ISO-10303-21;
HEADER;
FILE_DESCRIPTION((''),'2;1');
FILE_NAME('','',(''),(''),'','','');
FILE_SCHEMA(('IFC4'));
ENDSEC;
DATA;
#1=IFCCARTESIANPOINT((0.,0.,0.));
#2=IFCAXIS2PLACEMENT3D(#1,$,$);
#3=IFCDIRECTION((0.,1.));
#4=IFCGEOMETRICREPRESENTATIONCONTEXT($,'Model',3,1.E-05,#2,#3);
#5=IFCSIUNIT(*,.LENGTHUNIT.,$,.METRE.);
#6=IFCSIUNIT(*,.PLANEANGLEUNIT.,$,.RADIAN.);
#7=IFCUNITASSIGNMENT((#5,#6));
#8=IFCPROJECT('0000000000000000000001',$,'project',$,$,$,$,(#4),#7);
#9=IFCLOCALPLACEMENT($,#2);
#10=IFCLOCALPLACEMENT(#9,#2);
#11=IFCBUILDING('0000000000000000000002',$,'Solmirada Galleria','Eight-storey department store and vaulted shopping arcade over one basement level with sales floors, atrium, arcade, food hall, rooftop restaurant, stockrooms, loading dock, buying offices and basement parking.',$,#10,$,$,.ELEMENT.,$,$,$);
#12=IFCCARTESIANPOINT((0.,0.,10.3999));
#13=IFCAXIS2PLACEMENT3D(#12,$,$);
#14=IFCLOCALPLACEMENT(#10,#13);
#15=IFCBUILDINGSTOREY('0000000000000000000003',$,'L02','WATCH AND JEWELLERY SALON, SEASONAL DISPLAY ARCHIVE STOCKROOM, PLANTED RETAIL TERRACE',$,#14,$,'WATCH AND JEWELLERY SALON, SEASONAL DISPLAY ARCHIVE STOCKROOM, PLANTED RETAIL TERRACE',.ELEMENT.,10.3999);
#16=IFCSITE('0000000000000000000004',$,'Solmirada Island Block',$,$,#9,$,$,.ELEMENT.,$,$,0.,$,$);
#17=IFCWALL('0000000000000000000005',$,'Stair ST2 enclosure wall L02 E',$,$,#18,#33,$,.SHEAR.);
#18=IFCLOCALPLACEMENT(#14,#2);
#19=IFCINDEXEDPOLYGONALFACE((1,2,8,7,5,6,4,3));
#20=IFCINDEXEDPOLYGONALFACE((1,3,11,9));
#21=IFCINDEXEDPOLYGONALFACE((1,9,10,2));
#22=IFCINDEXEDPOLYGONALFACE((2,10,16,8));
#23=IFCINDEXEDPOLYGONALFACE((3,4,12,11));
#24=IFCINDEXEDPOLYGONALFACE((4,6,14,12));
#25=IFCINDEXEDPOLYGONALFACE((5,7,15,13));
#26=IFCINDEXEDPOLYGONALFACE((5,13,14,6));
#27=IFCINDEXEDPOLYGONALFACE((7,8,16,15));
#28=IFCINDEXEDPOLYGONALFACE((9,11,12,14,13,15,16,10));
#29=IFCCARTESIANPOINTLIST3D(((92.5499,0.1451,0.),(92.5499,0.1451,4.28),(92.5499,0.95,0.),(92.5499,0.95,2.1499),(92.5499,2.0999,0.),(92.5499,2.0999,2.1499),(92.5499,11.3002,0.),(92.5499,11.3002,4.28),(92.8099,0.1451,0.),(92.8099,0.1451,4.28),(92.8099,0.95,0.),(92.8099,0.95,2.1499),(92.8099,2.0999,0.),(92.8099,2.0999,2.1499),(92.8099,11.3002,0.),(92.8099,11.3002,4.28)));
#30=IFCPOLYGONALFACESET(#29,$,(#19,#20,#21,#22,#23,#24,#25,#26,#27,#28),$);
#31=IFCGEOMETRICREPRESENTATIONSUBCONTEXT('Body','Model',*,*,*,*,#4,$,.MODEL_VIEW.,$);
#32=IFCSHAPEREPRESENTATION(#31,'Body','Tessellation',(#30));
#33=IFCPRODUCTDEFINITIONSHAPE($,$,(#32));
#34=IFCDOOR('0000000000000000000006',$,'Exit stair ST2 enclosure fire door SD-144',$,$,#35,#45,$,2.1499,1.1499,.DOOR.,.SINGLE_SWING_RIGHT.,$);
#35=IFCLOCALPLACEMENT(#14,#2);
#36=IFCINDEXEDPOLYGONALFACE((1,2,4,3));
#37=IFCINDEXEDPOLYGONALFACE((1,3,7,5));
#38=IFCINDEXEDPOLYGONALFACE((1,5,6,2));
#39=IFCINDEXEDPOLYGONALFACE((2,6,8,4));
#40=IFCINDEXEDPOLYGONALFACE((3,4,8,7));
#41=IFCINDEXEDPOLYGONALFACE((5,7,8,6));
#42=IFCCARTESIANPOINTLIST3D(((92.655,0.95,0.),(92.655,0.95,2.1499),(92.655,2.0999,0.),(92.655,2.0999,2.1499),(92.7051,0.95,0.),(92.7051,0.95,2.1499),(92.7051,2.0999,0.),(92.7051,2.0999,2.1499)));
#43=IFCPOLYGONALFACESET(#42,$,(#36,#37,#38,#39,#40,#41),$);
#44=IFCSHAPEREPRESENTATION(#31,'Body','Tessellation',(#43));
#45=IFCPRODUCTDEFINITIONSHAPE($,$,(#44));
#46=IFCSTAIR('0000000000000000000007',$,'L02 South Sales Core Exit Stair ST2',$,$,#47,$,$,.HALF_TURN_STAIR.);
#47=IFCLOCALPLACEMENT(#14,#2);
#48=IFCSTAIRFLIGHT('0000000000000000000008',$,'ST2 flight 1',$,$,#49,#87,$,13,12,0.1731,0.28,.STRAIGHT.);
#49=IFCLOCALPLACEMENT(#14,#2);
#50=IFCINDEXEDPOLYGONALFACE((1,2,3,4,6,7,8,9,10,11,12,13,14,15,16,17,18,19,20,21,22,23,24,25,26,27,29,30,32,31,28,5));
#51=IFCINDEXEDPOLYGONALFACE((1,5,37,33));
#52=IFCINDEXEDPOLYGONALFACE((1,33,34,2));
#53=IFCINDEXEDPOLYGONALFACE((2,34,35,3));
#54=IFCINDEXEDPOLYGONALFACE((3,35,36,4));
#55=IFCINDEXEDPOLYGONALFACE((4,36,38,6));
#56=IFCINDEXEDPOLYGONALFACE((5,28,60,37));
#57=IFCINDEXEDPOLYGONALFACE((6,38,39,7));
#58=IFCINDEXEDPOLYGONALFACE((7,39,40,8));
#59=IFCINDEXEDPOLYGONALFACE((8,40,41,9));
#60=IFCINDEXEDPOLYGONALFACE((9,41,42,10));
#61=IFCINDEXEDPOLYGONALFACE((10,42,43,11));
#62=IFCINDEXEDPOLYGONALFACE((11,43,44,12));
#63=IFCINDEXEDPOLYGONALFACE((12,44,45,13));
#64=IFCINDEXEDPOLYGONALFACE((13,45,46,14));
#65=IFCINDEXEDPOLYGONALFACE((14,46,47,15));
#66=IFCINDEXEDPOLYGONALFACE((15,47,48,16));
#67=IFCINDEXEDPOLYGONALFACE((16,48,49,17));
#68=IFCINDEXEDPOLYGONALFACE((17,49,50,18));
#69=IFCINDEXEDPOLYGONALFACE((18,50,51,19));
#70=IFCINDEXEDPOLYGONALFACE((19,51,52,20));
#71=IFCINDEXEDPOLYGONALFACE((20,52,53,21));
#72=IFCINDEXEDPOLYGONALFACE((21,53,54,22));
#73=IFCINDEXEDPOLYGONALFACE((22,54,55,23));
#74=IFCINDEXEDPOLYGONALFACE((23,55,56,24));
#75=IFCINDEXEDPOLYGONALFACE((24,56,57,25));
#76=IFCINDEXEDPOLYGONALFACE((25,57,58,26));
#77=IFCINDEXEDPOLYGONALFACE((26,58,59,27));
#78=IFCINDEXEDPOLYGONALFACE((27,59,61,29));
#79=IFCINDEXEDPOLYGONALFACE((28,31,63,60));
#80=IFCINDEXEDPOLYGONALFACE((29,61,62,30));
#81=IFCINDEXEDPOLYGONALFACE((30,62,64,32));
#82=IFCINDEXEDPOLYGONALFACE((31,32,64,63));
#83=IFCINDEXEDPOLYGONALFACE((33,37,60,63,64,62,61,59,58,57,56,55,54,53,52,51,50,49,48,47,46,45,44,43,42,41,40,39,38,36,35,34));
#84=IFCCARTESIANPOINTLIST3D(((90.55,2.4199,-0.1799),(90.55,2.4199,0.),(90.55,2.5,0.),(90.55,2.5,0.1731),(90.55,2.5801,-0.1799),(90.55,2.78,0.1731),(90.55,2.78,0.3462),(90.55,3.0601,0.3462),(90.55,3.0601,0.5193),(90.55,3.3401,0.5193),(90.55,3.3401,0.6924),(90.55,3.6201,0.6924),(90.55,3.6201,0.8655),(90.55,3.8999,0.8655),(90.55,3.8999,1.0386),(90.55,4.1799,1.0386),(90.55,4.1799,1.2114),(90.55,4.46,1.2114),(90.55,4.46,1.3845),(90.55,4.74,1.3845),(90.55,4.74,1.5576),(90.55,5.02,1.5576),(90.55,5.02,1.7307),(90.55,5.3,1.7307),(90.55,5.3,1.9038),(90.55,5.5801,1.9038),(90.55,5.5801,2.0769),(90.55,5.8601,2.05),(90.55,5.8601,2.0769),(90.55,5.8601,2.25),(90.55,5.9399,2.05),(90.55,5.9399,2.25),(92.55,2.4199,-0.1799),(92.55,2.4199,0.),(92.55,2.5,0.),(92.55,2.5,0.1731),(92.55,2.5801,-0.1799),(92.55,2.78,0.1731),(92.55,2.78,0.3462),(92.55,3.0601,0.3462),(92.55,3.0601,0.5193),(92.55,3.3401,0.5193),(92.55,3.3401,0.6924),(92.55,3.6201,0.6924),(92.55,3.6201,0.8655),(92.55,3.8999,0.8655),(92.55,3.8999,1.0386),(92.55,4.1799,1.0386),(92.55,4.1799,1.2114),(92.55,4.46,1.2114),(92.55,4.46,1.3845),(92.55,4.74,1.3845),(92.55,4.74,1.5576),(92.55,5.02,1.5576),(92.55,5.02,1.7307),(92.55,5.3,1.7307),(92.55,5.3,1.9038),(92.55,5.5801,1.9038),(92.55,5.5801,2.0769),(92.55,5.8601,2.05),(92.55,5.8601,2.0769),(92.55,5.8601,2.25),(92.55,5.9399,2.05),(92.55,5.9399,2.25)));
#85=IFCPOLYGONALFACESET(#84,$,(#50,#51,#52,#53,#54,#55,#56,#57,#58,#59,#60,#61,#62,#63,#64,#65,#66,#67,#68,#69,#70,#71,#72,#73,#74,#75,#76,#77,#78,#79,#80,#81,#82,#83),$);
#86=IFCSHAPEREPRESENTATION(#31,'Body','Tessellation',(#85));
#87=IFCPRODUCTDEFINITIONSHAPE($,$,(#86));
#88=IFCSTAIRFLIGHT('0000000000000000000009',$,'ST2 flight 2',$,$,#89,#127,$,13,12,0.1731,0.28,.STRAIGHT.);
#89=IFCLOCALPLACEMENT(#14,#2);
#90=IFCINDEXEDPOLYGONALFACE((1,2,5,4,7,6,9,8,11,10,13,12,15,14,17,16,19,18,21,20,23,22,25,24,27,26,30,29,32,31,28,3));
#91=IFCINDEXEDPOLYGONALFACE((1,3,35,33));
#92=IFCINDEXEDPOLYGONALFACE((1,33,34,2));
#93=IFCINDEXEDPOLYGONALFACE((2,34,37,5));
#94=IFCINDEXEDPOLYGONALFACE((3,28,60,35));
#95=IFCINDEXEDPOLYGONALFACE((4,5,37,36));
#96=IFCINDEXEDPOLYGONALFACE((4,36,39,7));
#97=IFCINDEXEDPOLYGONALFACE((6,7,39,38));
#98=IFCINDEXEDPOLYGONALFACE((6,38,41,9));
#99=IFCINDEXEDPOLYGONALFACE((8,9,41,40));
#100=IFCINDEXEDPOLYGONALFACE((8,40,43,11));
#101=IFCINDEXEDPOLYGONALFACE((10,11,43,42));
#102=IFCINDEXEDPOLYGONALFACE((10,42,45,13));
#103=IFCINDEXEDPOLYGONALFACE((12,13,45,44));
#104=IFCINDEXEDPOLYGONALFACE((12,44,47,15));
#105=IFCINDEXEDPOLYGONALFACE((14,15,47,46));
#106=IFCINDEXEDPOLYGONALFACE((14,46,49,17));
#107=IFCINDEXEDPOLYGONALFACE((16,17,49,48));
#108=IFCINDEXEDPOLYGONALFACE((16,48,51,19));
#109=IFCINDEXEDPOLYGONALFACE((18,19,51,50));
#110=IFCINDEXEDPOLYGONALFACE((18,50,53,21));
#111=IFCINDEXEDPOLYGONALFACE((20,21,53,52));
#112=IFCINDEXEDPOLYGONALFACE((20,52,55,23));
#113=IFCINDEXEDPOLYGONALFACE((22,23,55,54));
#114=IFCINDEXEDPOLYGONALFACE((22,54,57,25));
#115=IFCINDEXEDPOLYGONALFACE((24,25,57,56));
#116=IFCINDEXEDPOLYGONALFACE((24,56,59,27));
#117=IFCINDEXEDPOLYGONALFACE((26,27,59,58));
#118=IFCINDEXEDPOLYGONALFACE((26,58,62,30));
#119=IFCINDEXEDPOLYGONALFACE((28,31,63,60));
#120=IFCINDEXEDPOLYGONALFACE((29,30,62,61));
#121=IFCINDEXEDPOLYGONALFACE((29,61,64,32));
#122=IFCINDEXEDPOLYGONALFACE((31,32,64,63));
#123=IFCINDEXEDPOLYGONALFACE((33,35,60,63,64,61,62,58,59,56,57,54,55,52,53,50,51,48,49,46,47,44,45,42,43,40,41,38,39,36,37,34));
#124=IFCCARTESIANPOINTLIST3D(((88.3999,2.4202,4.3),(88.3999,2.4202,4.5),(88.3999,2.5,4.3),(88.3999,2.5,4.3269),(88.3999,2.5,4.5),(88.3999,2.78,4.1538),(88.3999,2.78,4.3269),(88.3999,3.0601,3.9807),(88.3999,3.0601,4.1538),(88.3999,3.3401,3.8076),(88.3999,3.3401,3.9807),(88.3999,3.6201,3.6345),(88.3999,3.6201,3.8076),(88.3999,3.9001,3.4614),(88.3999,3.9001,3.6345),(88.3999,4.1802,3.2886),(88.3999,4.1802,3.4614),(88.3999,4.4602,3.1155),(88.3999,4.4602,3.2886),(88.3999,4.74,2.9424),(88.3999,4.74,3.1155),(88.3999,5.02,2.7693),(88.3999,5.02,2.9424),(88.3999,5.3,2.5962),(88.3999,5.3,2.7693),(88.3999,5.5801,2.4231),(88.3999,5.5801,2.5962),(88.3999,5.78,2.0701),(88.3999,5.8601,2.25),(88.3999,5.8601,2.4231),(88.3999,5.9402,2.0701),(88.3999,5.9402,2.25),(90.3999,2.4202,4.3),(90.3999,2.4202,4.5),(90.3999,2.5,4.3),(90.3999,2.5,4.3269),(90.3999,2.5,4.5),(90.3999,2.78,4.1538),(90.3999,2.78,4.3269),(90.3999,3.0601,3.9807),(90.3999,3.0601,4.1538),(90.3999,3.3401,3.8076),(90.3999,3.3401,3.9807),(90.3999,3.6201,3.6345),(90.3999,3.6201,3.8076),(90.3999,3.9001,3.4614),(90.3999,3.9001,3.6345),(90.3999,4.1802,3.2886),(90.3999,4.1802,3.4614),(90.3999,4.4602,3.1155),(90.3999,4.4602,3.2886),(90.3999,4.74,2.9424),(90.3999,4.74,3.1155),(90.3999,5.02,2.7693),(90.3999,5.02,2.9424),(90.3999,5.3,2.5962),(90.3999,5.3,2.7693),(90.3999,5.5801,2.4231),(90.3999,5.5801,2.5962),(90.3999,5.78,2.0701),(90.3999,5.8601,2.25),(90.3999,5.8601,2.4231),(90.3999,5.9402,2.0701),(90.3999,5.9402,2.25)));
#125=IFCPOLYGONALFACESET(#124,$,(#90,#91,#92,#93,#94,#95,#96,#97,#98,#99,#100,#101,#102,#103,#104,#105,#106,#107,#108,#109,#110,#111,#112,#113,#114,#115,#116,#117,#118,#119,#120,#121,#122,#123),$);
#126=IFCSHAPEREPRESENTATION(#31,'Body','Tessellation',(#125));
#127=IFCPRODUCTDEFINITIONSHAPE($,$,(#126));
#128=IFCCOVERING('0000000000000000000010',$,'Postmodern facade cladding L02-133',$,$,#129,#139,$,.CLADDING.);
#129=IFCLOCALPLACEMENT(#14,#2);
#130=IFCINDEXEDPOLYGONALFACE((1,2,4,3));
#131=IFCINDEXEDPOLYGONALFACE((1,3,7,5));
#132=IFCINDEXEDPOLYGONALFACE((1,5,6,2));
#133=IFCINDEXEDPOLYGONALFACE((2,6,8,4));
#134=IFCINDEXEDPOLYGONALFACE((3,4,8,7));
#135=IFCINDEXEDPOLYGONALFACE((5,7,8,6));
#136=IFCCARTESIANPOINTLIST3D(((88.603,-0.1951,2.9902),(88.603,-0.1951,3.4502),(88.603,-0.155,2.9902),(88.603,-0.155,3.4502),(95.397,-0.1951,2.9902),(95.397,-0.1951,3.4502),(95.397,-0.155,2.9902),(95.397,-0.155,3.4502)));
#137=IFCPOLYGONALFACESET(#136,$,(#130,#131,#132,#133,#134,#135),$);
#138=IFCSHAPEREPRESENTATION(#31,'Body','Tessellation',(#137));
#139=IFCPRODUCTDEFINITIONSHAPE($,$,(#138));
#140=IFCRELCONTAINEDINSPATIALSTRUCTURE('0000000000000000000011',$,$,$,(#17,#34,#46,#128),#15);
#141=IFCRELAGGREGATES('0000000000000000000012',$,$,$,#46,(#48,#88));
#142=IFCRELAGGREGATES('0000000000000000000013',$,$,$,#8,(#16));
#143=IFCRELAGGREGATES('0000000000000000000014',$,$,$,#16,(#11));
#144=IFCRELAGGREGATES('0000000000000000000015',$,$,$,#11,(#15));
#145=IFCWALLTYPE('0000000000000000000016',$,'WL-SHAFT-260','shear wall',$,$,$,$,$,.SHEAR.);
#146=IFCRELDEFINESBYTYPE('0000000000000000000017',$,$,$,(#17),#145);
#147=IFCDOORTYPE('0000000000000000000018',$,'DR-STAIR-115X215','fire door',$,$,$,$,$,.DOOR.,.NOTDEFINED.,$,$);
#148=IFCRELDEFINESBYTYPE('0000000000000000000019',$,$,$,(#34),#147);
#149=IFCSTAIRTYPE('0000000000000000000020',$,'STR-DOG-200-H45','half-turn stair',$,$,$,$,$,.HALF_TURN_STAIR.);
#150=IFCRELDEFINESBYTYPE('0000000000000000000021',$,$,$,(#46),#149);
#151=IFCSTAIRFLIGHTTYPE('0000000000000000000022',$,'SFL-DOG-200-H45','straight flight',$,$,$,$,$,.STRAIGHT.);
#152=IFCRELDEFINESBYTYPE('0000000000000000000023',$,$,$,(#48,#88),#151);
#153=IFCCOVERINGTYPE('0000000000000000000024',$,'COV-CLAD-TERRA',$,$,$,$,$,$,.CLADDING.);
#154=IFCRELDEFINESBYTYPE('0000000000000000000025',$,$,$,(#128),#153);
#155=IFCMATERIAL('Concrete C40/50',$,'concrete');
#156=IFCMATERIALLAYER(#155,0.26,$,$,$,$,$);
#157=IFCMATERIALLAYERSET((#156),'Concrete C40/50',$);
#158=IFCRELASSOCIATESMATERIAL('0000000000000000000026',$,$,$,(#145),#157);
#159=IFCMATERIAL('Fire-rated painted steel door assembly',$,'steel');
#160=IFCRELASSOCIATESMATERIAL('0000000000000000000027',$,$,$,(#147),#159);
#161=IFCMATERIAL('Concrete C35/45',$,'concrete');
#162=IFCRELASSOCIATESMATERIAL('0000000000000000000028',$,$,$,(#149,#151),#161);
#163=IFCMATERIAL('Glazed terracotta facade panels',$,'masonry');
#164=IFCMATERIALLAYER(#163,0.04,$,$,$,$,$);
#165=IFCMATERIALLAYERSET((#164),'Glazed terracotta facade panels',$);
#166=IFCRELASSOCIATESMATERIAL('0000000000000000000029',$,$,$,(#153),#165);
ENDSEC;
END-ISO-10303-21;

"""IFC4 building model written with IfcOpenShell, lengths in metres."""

from ifc_helpers import new_model, si_unit, direction, frame, frame_2d, origin, origin_2d, place, context, subcontext, project, spatial, polyline, rectangle, outline, extrude, material, layer, layer_set, type_object, element, fill, aggregate, save


model = new_model("IFC4")

# Units and contexts
model_context = context("Model", 3, precision=1e-05, world=origin(), true_north=direction((0.0, 1.0)))
body_context = subcontext(model_context, "Body", "Model", "MODEL_VIEW")
ifc_project = project(units=[si_unit("LENGTHUNIT", "METRE"), si_unit("PLANEANGLEUNIT", "RADIAN")], contexts=[model_context])

# Site, building, storey
site_placement = place(None, origin())
site = spatial("IfcSite", under=ifc_project, at=site_placement, Name="Solmirada Island Block", CompositionType="ELEMENT", RefElevation=0.0)
building_placement = place(site_placement, origin())
building = spatial("IfcBuilding", under=site, at=building_placement, Name="Solmirada Galleria", Description="Eight-storey department store and vaulted shopping arcade over one basement level with sales floors, atrium, arcade, food hall, rooftop restaurant, stockrooms, loading dock, buying offices and basement parking.", CompositionType="ELEMENT")
storey_placement = place(building_placement, frame((0.0, 0.0, 10.3999)))
storey = spatial("IfcBuildingStorey", under=building, at=storey_placement, Name="L02", Description="WATCH AND JEWELLERY SALON, SEASONAL DISPLAY ARCHIVE STOCKROOM, PLANTED RETAIL TERRACE", LongName="WATCH AND JEWELLERY SALON, SEASONAL DISPLAY ARCHIVE STOCKROOM, PLANTED RETAIL TERRACE", CompositionType="ELEMENT", Elevation=10.3999)

# Shared definitions
ifc_material_1 = material(Name="Concrete C40/50", Category="concrete")

# Shared definitions
ifc_layer_1 = layer(ifc_material_1, 0.26)
ifc_layer_set_1 = layer_set([ifc_layer_1], Name="Concrete C40/50")
wall_type_1 = type_object("IfcWallType", Name="WL-SHAFT-260", Description="shear wall", PredefinedType="SHEAR", material=ifc_layer_set_1)

# Wall, opening, door
wall_1_placement = place(storey_placement, frame((92.6799, 0.145, 0.0), z_axis=(0.0, 0.0, 1.0), x_axis=(0.0, 1.0, 0.0)))
wall_1 = element("IfcWall", 1, at=wall_1_placement, inside=storey, type_object=wall_type_1, Name="Stair ST2 enclosure wall L02 E", PredefinedType="SHEAR", context=body_context, shape_type="SweptSolid", body=[
    extrude(rectangle(XDim=11.155, YDim=0.26, at=frame_2d((5.5776, 0.0))), origin(), (0.0, 0.0, 1.0), 4.28),
])
opening_1_placement = place(wall_1_placement, frame((0.8049, 0.0, 0.0)))
opening_1 = element("IfcOpeningElement", 2, at=opening_1_placement, cuts=wall_1, PredefinedType="OPENING", context=body_context, shape_type="SweptSolid", body=[
    extrude(rectangle(XDim=1.1499, YDim=2.1499, at=frame_2d((0.575, 1.075))), frame((0.0, 0.1399, 0.0), z_axis=(0.0, -1.0, 0.0), x_axis=(1.0, 0.0, 0.0)), (0.0, 0.0, 1.0), 0.28),
])
ifc_material_2 = material(Name="Fire-rated painted steel door assembly", Category="steel")
door_type_1 = type_object("IfcDoorType", Name="DR-STAIR-115X215", Description="fire door", OperationType="NOTDEFINED", PredefinedType="DOOR", material=ifc_material_2)
door_1_placement = place(opening_1_placement, origin())
door_1 = element("IfcDoor", 3, at=door_1_placement, inside=storey, type_object=door_type_1, Name="Exit stair ST2 enclosure fire door SD-144", OperationType="SINGLE_SWING_RIGHT", OverallHeight=2.1499, OverallWidth=1.1499, PredefinedType="DOOR", context=body_context, shape_type="SweptSolid", body=[
    extrude(rectangle(XDim=1.1499, YDim=2.1499, at=frame_2d((0.575, 1.075))), frame((0.0, 0.0249, 0.0), z_axis=(0.0, -1.0, 0.0), x_axis=(1.0, 0.0, 0.0)), (0.0, 0.0, 1.0), 0.05),
])
fill(opening_1, door_1)

# Stair, stair flights
ifc_material_3 = material(Name="Concrete C35/45", Category="concrete")
stair_type = type_object("IfcStairType", Name="STR-DOG-200-H45", Description="half-turn stair", PredefinedType="HALF_TURN_STAIR", material=ifc_material_3)
stair_placement = place(storey_placement, origin())
stair = element("IfcStair", 4, at=stair_placement, inside=storey, type_object=stair_type, Name="L02 South Sales Core Exit Stair ST2", PredefinedType="HALF_TURN_STAIR")
stair_flight_type = type_object("IfcStairFlightType", Name="SFL-DOG-200-H45", Description="straight flight", PredefinedType="STRAIGHT", material=ifc_material_3)
stair_flight_1_placement = place(storey_placement, frame((91.55, 2.5, 0.0), z_axis=(0.0, 0.0, 1.0), x_axis=(0.0, 1.0, 0.0)))
stair_flight_1 = element("IfcStairFlight", 5, at=stair_flight_1_placement, type_object=stair_flight_type, Name="ST2 flight 1", NumberOfRisers=13, NumberOfTreads=12, PredefinedType="STRAIGHT", RiserHeight=0.1731, TreadLength=0.28, context=body_context, shape_type="SweptSolid", body=[
    extrude(outline(polyline([(-0.0801, 0.0), (0.0, 0.0), (0.0, 0.1731), (0.28, 0.1731), (0.28, 0.3462), (0.5601, 0.3462), (0.5601, 0.5193), (0.8401, 0.5193), (0.8401, 0.6924), (1.1201, 0.6924), (1.1201, 0.8655), (1.3999, 0.8655), (1.3999, 1.0386), (1.6799, 1.0386), (1.6799, 1.2114), (1.96, 1.2114), (1.96, 1.3845), (2.24, 1.3845), (2.24, 1.5576), (2.52, 1.5576), (2.52, 1.7307), (2.8, 1.7307), (2.8, 1.9038), (3.0801, 1.9038), (3.0801, 2.0769), (3.3601, 2.0769), (3.3601, 2.25), (3.4399, 2.25), (3.4399, 2.05), (3.3601, 2.05), (0.0801, -0.1799), (-0.0801, -0.1799), (-0.0801, 0.0)])), frame((0.0, 1.0, 0.0), z_axis=(0.0, -1.0, 0.0), x_axis=(1.0, 0.0, 0.0)), (0.0, 0.0, 1.0), 2.0),
])
stair_flight_2_placement = place(storey_placement, frame((89.3999, 5.8601, 2.25), z_axis=(0.0, 0.0, 1.0), x_axis=(0.0, -1.0, 0.0)))
stair_flight_2 = element("IfcStairFlight", 6, at=stair_flight_2_placement, type_object=stair_flight_type, Name="ST2 flight 2", NumberOfRisers=13, NumberOfTreads=12, PredefinedType="STRAIGHT", RiserHeight=0.1731, TreadLength=0.28, context=body_context, shape_type="SweptSolid", body=[
    extrude(outline(polyline([(-0.0801, 0.0), (0.0, 0.0), (0.0, 0.1731), (0.28, 0.1731), (0.28, 0.3462), (0.5601, 0.3462), (0.5601, 0.5193), (0.8401, 0.5193), (0.8401, 0.6924), (1.1201, 0.6924), (1.1201, 0.8655), (1.3999, 0.8655), (1.3999, 1.0386), (1.6799, 1.0386), (1.6799, 1.2114), (1.96, 1.2114), (1.96, 1.3845), (2.24, 1.3845), (2.24, 1.5576), (2.52, 1.5576), (2.52, 1.7307), (2.8, 1.7307), (2.8, 1.9038), (3.0801, 1.9038), (3.0801, 2.0769), (3.3601, 2.0769), (3.3601, 2.25), (3.4399, 2.25), (3.4399, 2.05), (3.3601, 2.05), (0.0801, -0.1799), (-0.0801, -0.1799), (-0.0801, 0.0)])), frame((0.0, 1.0, 0.0), z_axis=(0.0, -1.0, 0.0), x_axis=(1.0, 0.0, 0.0)), (0.0, 0.0, 1.0), 2.0),
])
aggregate(stair, [stair_flight_1, stair_flight_2])

# Covering
ifc_material_4 = material(Name="Glazed terracotta facade panels", Category="masonry")
ifc_layer_2 = layer(ifc_material_4, 0.04)
ifc_layer_set_2 = layer_set([ifc_layer_2], Name="Glazed terracotta facade panels")
covering_type = type_object("IfcCoveringType", Name="COV-CLAD-TERRA", PredefinedType="CLADDING", material=ifc_layer_set_2)
covering_placement = place(storey_placement, frame((92.0, -0.175, 2.9902), z_axis=(0.0, 0.0, 1.0), x_axis=(-1.0, 0.0, 0.0)))
element("IfcCovering", 7, at=covering_placement, inside=storey, type_object=covering_type, Name="Postmodern facade cladding L02-133", PredefinedType="CLADDING", context=body_context, shape_type="SweptSolid", body=[
    extrude(rectangle(XDim=6.7939, YDim=0.04, at=origin_2d()), origin(), (0.0, 0.0, 1.0), 0.46),
])

save(model, "model.ifc")
